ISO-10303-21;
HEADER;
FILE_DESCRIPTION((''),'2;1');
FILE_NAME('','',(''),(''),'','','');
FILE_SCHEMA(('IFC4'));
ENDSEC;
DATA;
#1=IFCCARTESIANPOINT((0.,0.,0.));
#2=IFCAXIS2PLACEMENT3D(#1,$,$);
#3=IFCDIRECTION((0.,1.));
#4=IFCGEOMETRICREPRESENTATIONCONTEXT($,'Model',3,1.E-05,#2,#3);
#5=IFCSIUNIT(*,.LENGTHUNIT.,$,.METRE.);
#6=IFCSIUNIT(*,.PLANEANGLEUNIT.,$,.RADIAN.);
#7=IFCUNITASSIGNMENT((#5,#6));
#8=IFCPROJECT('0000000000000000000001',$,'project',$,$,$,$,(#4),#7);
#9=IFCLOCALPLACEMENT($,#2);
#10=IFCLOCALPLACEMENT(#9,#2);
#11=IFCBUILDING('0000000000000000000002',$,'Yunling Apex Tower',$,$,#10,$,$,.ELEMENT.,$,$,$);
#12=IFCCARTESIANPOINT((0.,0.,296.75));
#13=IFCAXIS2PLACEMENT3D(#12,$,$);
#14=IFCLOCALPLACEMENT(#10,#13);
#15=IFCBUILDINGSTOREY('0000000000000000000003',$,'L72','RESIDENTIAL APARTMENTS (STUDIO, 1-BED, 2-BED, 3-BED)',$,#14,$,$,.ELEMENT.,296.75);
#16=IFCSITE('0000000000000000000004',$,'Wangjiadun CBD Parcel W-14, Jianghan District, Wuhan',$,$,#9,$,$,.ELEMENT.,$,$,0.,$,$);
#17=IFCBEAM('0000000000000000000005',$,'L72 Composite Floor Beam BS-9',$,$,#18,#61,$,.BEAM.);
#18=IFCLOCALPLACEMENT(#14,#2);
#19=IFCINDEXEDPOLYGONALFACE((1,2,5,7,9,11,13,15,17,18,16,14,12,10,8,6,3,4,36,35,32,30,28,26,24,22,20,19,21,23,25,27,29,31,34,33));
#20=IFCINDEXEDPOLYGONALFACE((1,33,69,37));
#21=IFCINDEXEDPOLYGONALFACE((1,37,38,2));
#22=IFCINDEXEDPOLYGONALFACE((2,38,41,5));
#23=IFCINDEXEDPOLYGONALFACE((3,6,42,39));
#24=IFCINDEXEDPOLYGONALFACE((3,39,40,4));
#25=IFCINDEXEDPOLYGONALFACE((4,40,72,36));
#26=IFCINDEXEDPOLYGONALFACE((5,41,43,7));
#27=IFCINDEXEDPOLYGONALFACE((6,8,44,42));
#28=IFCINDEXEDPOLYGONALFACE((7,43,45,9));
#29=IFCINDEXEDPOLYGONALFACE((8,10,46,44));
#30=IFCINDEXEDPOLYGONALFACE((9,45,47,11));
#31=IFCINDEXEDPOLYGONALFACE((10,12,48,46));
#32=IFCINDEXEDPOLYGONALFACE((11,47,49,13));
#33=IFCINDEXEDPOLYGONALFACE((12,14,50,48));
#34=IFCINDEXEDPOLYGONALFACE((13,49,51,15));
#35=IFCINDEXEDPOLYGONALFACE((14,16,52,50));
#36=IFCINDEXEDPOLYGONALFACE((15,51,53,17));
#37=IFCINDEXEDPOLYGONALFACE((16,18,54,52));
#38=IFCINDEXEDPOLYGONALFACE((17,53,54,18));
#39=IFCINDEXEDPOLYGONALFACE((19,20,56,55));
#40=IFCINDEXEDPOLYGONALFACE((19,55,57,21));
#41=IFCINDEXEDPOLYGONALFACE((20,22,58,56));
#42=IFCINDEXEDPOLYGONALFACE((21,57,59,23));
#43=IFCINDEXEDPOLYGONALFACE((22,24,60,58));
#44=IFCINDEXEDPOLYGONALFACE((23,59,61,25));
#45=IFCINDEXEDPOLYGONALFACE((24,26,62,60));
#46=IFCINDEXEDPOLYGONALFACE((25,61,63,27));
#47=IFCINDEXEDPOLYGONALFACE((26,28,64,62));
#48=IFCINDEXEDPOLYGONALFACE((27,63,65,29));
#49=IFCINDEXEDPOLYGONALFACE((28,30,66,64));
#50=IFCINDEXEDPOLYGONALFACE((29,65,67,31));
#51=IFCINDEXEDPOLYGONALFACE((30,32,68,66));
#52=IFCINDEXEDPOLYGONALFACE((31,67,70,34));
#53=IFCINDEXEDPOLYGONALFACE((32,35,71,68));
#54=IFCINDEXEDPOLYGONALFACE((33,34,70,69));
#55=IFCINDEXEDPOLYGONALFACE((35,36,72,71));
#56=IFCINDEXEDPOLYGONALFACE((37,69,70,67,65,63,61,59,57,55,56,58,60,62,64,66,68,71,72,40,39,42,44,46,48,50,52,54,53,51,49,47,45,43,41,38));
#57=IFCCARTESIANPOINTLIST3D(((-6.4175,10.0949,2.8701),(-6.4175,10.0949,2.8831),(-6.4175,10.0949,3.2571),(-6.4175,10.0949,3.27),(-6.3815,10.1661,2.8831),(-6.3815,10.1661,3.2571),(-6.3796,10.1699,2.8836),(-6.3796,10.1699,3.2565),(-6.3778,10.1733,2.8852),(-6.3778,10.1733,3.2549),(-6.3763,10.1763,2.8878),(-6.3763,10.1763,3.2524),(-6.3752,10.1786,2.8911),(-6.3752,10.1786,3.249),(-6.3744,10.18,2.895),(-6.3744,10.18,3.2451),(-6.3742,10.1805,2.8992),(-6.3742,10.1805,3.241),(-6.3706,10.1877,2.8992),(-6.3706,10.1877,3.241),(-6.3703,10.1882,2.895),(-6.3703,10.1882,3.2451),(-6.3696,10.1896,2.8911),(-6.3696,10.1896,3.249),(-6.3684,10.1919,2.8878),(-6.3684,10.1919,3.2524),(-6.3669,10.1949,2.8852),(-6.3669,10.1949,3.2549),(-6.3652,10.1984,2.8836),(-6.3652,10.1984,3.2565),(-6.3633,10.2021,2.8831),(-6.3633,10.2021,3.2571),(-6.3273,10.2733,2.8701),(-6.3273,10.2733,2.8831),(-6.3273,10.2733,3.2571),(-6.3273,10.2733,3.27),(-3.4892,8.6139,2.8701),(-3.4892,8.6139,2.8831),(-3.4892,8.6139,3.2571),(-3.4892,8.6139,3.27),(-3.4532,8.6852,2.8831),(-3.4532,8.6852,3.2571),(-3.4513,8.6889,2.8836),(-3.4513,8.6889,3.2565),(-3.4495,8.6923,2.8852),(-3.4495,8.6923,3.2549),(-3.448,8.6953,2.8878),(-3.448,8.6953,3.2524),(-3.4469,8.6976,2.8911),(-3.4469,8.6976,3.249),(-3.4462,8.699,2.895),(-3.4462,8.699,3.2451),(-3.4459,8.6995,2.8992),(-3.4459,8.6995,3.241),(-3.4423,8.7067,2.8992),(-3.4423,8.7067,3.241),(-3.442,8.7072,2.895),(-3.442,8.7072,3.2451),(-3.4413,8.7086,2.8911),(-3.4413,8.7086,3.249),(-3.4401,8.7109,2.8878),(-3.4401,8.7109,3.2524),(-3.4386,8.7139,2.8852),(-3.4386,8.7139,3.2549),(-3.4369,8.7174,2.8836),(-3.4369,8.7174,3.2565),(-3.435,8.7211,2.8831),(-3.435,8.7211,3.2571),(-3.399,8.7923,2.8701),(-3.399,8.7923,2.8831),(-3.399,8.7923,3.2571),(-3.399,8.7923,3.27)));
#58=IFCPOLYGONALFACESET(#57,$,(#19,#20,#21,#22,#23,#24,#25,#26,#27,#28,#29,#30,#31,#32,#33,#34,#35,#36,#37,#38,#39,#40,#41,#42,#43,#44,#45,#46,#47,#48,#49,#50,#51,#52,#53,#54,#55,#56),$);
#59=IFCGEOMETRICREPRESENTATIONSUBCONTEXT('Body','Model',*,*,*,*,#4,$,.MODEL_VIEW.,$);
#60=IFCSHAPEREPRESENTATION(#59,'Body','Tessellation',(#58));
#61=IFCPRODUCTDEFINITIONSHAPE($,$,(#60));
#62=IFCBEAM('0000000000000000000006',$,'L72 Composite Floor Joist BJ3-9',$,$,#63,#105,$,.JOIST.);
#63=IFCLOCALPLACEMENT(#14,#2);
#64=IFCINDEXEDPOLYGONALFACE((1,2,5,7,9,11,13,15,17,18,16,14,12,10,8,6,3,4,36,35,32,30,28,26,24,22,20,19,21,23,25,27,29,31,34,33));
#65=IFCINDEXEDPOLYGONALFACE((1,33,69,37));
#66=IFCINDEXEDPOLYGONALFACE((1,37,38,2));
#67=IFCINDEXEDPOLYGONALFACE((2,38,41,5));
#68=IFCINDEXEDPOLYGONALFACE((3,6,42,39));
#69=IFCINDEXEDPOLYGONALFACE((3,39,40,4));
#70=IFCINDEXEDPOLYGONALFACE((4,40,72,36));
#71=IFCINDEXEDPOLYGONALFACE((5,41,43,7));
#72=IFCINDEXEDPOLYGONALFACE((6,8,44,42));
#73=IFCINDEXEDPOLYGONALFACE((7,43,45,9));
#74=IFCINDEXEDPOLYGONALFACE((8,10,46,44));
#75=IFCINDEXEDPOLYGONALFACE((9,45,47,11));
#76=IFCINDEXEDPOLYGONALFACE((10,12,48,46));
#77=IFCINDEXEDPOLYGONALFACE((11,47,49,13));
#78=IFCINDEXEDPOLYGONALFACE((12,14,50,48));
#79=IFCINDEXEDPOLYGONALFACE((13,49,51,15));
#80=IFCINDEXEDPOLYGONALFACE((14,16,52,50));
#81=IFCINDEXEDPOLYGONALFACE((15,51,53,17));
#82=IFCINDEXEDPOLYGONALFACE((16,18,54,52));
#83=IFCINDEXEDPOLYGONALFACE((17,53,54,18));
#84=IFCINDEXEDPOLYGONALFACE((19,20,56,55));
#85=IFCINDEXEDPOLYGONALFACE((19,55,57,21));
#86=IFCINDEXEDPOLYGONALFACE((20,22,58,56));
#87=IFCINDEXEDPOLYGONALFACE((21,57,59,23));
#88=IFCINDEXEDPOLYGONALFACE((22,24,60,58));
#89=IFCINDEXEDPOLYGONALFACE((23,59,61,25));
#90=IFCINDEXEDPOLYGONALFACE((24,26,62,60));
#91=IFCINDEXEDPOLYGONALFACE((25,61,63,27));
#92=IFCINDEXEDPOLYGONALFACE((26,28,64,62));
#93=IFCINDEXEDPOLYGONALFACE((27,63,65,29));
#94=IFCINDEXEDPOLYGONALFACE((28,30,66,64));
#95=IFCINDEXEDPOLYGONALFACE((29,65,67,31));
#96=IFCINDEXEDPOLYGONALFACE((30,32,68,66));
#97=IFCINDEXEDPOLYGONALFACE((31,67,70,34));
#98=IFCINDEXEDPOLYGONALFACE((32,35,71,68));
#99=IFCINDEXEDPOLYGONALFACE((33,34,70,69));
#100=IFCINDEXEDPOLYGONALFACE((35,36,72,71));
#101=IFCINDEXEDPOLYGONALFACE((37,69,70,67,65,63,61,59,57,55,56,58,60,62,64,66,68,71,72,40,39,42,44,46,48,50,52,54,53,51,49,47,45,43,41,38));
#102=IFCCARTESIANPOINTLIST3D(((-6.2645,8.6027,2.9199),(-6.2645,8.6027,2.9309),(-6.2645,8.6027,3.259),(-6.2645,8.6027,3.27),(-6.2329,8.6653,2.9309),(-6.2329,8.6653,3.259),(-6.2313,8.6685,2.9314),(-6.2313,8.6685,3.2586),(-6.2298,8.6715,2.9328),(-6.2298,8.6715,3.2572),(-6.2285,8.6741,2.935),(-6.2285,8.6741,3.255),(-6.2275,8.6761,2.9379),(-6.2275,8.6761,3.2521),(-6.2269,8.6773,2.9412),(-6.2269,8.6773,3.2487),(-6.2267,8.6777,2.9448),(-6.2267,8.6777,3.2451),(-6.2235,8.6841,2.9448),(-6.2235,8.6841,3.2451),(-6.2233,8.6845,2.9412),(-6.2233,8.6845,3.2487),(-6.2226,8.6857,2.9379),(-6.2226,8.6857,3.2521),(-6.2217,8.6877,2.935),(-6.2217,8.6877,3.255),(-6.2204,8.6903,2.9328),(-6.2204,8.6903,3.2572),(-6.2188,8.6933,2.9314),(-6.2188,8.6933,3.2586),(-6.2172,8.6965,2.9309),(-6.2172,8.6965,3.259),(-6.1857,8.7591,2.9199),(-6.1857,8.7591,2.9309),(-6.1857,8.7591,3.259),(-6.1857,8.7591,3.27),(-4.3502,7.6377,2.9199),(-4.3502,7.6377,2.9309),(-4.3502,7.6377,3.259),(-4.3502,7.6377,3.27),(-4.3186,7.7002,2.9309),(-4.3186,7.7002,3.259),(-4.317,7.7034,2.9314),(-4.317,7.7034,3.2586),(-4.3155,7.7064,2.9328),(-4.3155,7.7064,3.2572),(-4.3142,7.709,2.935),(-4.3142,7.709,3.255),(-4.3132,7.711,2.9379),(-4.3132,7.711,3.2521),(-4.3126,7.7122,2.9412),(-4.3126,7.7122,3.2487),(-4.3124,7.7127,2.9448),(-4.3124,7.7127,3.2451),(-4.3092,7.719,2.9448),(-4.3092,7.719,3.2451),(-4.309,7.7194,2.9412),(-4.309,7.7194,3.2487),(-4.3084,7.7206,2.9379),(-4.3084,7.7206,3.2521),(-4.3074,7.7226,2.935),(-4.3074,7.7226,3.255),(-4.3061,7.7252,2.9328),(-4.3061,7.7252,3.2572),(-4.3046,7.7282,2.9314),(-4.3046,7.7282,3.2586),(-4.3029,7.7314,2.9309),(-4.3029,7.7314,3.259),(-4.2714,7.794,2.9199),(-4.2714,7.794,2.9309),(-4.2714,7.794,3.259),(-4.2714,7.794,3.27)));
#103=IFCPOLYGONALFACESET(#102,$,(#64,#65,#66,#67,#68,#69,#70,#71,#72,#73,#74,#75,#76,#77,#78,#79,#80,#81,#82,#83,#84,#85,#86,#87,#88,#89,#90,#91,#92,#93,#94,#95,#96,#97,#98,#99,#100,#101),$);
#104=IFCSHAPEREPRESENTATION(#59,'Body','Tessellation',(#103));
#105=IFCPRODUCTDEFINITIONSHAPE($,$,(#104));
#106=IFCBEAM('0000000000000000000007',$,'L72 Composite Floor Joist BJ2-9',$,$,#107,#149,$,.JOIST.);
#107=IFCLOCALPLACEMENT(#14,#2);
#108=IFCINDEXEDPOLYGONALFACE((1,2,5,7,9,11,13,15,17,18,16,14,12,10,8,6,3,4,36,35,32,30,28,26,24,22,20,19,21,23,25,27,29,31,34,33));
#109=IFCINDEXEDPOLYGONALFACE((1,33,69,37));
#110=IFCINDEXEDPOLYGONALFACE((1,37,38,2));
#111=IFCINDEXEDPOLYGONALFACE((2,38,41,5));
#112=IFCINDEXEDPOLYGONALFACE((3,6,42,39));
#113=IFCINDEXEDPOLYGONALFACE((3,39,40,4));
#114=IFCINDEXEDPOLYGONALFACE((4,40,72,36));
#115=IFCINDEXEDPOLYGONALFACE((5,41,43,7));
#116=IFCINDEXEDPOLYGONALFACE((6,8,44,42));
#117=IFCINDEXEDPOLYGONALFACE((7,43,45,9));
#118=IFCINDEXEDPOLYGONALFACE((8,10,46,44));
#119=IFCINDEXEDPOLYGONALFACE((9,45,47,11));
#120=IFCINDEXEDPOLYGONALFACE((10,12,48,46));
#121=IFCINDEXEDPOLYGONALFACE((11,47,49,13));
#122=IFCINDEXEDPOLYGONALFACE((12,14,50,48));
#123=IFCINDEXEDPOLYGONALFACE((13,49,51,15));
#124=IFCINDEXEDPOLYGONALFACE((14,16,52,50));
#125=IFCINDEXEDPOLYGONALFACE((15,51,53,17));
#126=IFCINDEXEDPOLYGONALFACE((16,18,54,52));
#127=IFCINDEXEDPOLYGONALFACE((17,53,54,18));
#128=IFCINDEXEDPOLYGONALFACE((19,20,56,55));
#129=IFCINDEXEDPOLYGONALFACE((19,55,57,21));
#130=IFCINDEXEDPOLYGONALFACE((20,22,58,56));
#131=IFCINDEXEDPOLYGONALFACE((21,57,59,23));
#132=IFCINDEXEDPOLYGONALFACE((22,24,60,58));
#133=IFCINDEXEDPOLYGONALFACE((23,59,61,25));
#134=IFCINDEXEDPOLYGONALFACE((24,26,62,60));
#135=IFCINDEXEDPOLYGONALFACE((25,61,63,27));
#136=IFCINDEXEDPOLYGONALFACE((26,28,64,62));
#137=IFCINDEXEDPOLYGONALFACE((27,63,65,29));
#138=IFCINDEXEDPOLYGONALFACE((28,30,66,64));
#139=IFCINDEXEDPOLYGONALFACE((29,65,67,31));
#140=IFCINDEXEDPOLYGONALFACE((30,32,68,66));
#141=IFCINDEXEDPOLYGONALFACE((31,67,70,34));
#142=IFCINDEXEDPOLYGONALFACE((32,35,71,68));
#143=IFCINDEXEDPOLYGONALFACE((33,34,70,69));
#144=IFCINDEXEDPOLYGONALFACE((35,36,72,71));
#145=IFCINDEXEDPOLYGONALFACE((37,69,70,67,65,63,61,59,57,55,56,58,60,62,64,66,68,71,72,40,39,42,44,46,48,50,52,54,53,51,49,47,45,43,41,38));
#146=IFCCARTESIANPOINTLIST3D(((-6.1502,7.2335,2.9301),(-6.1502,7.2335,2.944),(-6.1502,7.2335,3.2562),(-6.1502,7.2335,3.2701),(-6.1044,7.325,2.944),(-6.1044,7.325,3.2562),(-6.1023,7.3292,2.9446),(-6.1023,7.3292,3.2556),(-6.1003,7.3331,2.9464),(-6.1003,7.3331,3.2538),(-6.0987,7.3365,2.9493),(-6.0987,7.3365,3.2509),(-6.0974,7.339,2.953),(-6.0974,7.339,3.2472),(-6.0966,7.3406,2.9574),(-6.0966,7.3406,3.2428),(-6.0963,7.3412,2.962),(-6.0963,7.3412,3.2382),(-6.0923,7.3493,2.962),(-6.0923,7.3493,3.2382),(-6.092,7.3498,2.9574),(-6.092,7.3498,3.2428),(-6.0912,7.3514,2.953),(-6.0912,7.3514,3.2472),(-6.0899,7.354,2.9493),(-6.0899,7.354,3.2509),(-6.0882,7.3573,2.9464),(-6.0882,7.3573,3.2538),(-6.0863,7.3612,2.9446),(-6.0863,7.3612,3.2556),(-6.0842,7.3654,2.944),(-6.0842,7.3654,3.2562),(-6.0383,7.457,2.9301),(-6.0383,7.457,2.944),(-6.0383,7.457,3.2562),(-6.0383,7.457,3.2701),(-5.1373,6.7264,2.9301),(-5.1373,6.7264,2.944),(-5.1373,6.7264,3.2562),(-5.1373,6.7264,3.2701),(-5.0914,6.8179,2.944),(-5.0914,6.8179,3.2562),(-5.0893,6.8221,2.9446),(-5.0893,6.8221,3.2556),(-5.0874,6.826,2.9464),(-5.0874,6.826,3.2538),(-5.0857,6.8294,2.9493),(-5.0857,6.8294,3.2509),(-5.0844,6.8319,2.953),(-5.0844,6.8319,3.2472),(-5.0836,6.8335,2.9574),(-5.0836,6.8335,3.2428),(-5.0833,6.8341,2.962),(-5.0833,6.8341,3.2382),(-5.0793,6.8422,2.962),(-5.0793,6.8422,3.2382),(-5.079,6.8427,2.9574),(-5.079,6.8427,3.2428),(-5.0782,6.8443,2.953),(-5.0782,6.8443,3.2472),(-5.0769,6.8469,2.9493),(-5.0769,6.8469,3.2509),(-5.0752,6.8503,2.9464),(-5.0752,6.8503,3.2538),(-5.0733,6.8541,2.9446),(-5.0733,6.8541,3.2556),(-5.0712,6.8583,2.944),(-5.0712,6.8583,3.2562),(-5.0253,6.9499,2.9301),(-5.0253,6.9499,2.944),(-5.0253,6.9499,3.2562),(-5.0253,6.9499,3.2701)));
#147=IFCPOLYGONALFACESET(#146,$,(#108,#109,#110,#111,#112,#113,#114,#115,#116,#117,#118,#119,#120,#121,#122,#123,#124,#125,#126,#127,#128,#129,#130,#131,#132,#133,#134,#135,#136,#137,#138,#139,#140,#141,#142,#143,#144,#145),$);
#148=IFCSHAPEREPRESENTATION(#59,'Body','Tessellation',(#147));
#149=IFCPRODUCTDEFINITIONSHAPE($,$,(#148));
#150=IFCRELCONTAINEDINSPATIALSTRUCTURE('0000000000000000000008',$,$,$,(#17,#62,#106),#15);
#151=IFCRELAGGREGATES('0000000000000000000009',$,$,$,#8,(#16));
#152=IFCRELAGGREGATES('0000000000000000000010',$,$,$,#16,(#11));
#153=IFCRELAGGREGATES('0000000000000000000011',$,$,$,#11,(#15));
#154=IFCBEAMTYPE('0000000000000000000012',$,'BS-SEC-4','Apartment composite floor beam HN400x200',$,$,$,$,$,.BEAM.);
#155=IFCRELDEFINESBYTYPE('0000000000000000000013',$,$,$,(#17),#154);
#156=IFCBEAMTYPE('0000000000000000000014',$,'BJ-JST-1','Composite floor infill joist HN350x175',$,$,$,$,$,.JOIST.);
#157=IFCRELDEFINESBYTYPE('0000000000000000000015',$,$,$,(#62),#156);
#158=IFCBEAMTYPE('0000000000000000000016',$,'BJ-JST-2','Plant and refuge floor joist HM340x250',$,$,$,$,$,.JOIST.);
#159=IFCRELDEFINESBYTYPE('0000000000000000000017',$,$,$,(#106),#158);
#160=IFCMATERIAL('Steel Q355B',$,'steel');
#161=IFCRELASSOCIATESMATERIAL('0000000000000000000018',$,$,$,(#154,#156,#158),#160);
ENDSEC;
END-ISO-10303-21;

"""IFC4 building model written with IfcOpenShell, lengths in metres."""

from ifc_helpers import new_model, si_unit, direction, frame, origin, origin_2d, place, context, subcontext, project, spatial, i_section, extrude, source, transform, mapped, material, material_profile, profile_set, type_object, element, save


model = new_model("IFC4")

# Units and contexts
model_context = context("Model", 3, precision=1e-05, world=origin(), true_north=direction((0.0, 1.0)))
body_context = subcontext(model_context, "Body", "Model", "MODEL_VIEW")
ifc_project = project(units=[si_unit("LENGTHUNIT", "METRE"), si_unit("PLANEANGLEUNIT", "RADIAN")], contexts=[model_context])

# Site, building, storey
site_placement = place(None, origin())
site = spatial("IfcSite", under=ifc_project, at=site_placement, Name="Wangjiadun CBD Parcel W-14, Jianghan District, Wuhan", CompositionType="ELEMENT", RefElevation=0.0)
building_placement = place(site_placement, origin())
building = spatial("IfcBuilding", under=site, at=building_placement, Name="Yunling Apex Tower", CompositionType="ELEMENT")
storey_placement = place(building_placement, frame((0.0, 0.0, 296.75)))
storey = spatial("IfcBuildingStorey", under=building, at=storey_placement, Name="L72", Description="RESIDENTIAL APARTMENTS (STUDIO, 1-BED, 2-BED, 3-BED)", CompositionType="ELEMENT", Elevation=296.75)

# Shared definitions
ifc_material_1 = material(Name="Steel Q355B", Category="steel")

# Beams
ifc_material_profile_1 = material_profile(ifc_material_1, i_section(OverallWidth=0.2, OverallDepth=0.3999, WebThickness=0.0081, FlangeThickness=0.0129, FilletRadius=0.0161, at=origin_2d()))
ifc_profile_set_1 = profile_set([ifc_material_profile_1], Name="Steel Q355B")
beam_type_1 = type_object("IfcBeamType", Name="BS-SEC-4", Description="Apartment composite floor beam HN400x200", PredefinedType="BEAM", material=ifc_profile_set_1)
shared_shape_1 = source(origin(), body_context, "Body", "SweptSolid", [
    extrude(i_section(OverallWidth=0.2, OverallDepth=0.3999, WebThickness=0.0081, FlangeThickness=0.0129, FilletRadius=0.0161, at=origin_2d()), origin(), (0.0, 0.0, 1.0), 3.2815),
])
beam_1_placement = place(storey_placement, frame((-3.4441, 8.7031, 3.0701), z_axis=(-0.892364, 0.451316, 0.0), x_axis=(-0.451316, -0.892364, 0.0)))
element("IfcBeam", 1, at=beam_1_placement, inside=storey, type_object=beam_type_1, Name="L72 Composite Floor Beam BS-9", PredefinedType="BEAM", context=body_context, shape_type="MappedRepresentation", body=[
    mapped(shared_shape_1, transform((0.0, 0.0, 0.0), scale=1.0)),
])
ifc_material_profile_2 = material_profile(ifc_material_1, i_section(OverallWidth=0.175, OverallDepth=0.3501, WebThickness=0.0071, FlangeThickness=0.011, FilletRadius=0.0139, at=origin_2d()))
ifc_profile_set_2 = profile_set([ifc_material_profile_2], Name="Steel Q355B")
beam_type_2 = type_object("IfcBeamType", Name="BJ-JST-1", Description="Composite floor infill joist HN350x175", PredefinedType="JOIST", material=ifc_profile_set_2)
shared_shape_2 = source(origin(), body_context, "Body", "SweptSolid", [
    extrude(i_section(OverallWidth=0.175, OverallDepth=0.3501, WebThickness=0.0071, FlangeThickness=0.011, FilletRadius=0.0139, at=origin_2d()), origin(), (0.0, 0.0, 1.0), 2.1438),
])
beam_2_placement = place(storey_placement, frame((-4.3108, 7.7158, 3.095), z_axis=(-0.892942, 0.450172, 0.0), x_axis=(-0.450172, -0.892942, 0.0)))
element("IfcBeam", 2, at=beam_2_placement, inside=storey, type_object=beam_type_2, Name="L72 Composite Floor Joist BJ3-9", PredefinedType="JOIST", context=body_context, shape_type="MappedRepresentation", body=[
    mapped(shared_shape_2, transform((0.0, 0.0, 0.0), scale=1.0)),
])
ifc_material_profile_3 = material_profile(ifc_material_1, i_section(OverallWidth=0.25, OverallDepth=0.3401, WebThickness=0.009, FlangeThickness=0.0139, FilletRadius=0.0181, at=origin_2d()))
ifc_profile_set_3 = profile_set([ifc_material_profile_3], Name="Steel Q355B")
beam_type_3 = type_object("IfcBeamType", Name="BJ-JST-2", Description="Plant and refuge floor joist HM340x250", PredefinedType="JOIST", material=ifc_profile_set_3)
shared_shape_3 = source(origin(), body_context, "Body", "SweptSolid", [
    extrude(i_section(OverallWidth=0.25, OverallDepth=0.3401, WebThickness=0.009, FlangeThickness=0.0139, FilletRadius=0.0181, at=origin_2d()), origin(), (0.0, 0.0, 1.0), 1.1328),
])
beam_3_placement = place(storey_placement, frame((-5.0813, 6.8381, 3.1001), z_axis=(-0.894212, 0.447645, 0.0), x_axis=(-0.447645, -0.894212, 0.0)))
element("IfcBeam", 3, at=beam_3_placement, inside=storey, type_object=beam_type_3, Name="L72 Composite Floor Joist BJ2-9", PredefinedType="JOIST", context=body_context, shape_type="MappedRepresentation", body=[
    mapped(shared_shape_3, transform((0.0, 0.0, 0.0), scale=1.0)),
])

save(model, "model.ifc")
